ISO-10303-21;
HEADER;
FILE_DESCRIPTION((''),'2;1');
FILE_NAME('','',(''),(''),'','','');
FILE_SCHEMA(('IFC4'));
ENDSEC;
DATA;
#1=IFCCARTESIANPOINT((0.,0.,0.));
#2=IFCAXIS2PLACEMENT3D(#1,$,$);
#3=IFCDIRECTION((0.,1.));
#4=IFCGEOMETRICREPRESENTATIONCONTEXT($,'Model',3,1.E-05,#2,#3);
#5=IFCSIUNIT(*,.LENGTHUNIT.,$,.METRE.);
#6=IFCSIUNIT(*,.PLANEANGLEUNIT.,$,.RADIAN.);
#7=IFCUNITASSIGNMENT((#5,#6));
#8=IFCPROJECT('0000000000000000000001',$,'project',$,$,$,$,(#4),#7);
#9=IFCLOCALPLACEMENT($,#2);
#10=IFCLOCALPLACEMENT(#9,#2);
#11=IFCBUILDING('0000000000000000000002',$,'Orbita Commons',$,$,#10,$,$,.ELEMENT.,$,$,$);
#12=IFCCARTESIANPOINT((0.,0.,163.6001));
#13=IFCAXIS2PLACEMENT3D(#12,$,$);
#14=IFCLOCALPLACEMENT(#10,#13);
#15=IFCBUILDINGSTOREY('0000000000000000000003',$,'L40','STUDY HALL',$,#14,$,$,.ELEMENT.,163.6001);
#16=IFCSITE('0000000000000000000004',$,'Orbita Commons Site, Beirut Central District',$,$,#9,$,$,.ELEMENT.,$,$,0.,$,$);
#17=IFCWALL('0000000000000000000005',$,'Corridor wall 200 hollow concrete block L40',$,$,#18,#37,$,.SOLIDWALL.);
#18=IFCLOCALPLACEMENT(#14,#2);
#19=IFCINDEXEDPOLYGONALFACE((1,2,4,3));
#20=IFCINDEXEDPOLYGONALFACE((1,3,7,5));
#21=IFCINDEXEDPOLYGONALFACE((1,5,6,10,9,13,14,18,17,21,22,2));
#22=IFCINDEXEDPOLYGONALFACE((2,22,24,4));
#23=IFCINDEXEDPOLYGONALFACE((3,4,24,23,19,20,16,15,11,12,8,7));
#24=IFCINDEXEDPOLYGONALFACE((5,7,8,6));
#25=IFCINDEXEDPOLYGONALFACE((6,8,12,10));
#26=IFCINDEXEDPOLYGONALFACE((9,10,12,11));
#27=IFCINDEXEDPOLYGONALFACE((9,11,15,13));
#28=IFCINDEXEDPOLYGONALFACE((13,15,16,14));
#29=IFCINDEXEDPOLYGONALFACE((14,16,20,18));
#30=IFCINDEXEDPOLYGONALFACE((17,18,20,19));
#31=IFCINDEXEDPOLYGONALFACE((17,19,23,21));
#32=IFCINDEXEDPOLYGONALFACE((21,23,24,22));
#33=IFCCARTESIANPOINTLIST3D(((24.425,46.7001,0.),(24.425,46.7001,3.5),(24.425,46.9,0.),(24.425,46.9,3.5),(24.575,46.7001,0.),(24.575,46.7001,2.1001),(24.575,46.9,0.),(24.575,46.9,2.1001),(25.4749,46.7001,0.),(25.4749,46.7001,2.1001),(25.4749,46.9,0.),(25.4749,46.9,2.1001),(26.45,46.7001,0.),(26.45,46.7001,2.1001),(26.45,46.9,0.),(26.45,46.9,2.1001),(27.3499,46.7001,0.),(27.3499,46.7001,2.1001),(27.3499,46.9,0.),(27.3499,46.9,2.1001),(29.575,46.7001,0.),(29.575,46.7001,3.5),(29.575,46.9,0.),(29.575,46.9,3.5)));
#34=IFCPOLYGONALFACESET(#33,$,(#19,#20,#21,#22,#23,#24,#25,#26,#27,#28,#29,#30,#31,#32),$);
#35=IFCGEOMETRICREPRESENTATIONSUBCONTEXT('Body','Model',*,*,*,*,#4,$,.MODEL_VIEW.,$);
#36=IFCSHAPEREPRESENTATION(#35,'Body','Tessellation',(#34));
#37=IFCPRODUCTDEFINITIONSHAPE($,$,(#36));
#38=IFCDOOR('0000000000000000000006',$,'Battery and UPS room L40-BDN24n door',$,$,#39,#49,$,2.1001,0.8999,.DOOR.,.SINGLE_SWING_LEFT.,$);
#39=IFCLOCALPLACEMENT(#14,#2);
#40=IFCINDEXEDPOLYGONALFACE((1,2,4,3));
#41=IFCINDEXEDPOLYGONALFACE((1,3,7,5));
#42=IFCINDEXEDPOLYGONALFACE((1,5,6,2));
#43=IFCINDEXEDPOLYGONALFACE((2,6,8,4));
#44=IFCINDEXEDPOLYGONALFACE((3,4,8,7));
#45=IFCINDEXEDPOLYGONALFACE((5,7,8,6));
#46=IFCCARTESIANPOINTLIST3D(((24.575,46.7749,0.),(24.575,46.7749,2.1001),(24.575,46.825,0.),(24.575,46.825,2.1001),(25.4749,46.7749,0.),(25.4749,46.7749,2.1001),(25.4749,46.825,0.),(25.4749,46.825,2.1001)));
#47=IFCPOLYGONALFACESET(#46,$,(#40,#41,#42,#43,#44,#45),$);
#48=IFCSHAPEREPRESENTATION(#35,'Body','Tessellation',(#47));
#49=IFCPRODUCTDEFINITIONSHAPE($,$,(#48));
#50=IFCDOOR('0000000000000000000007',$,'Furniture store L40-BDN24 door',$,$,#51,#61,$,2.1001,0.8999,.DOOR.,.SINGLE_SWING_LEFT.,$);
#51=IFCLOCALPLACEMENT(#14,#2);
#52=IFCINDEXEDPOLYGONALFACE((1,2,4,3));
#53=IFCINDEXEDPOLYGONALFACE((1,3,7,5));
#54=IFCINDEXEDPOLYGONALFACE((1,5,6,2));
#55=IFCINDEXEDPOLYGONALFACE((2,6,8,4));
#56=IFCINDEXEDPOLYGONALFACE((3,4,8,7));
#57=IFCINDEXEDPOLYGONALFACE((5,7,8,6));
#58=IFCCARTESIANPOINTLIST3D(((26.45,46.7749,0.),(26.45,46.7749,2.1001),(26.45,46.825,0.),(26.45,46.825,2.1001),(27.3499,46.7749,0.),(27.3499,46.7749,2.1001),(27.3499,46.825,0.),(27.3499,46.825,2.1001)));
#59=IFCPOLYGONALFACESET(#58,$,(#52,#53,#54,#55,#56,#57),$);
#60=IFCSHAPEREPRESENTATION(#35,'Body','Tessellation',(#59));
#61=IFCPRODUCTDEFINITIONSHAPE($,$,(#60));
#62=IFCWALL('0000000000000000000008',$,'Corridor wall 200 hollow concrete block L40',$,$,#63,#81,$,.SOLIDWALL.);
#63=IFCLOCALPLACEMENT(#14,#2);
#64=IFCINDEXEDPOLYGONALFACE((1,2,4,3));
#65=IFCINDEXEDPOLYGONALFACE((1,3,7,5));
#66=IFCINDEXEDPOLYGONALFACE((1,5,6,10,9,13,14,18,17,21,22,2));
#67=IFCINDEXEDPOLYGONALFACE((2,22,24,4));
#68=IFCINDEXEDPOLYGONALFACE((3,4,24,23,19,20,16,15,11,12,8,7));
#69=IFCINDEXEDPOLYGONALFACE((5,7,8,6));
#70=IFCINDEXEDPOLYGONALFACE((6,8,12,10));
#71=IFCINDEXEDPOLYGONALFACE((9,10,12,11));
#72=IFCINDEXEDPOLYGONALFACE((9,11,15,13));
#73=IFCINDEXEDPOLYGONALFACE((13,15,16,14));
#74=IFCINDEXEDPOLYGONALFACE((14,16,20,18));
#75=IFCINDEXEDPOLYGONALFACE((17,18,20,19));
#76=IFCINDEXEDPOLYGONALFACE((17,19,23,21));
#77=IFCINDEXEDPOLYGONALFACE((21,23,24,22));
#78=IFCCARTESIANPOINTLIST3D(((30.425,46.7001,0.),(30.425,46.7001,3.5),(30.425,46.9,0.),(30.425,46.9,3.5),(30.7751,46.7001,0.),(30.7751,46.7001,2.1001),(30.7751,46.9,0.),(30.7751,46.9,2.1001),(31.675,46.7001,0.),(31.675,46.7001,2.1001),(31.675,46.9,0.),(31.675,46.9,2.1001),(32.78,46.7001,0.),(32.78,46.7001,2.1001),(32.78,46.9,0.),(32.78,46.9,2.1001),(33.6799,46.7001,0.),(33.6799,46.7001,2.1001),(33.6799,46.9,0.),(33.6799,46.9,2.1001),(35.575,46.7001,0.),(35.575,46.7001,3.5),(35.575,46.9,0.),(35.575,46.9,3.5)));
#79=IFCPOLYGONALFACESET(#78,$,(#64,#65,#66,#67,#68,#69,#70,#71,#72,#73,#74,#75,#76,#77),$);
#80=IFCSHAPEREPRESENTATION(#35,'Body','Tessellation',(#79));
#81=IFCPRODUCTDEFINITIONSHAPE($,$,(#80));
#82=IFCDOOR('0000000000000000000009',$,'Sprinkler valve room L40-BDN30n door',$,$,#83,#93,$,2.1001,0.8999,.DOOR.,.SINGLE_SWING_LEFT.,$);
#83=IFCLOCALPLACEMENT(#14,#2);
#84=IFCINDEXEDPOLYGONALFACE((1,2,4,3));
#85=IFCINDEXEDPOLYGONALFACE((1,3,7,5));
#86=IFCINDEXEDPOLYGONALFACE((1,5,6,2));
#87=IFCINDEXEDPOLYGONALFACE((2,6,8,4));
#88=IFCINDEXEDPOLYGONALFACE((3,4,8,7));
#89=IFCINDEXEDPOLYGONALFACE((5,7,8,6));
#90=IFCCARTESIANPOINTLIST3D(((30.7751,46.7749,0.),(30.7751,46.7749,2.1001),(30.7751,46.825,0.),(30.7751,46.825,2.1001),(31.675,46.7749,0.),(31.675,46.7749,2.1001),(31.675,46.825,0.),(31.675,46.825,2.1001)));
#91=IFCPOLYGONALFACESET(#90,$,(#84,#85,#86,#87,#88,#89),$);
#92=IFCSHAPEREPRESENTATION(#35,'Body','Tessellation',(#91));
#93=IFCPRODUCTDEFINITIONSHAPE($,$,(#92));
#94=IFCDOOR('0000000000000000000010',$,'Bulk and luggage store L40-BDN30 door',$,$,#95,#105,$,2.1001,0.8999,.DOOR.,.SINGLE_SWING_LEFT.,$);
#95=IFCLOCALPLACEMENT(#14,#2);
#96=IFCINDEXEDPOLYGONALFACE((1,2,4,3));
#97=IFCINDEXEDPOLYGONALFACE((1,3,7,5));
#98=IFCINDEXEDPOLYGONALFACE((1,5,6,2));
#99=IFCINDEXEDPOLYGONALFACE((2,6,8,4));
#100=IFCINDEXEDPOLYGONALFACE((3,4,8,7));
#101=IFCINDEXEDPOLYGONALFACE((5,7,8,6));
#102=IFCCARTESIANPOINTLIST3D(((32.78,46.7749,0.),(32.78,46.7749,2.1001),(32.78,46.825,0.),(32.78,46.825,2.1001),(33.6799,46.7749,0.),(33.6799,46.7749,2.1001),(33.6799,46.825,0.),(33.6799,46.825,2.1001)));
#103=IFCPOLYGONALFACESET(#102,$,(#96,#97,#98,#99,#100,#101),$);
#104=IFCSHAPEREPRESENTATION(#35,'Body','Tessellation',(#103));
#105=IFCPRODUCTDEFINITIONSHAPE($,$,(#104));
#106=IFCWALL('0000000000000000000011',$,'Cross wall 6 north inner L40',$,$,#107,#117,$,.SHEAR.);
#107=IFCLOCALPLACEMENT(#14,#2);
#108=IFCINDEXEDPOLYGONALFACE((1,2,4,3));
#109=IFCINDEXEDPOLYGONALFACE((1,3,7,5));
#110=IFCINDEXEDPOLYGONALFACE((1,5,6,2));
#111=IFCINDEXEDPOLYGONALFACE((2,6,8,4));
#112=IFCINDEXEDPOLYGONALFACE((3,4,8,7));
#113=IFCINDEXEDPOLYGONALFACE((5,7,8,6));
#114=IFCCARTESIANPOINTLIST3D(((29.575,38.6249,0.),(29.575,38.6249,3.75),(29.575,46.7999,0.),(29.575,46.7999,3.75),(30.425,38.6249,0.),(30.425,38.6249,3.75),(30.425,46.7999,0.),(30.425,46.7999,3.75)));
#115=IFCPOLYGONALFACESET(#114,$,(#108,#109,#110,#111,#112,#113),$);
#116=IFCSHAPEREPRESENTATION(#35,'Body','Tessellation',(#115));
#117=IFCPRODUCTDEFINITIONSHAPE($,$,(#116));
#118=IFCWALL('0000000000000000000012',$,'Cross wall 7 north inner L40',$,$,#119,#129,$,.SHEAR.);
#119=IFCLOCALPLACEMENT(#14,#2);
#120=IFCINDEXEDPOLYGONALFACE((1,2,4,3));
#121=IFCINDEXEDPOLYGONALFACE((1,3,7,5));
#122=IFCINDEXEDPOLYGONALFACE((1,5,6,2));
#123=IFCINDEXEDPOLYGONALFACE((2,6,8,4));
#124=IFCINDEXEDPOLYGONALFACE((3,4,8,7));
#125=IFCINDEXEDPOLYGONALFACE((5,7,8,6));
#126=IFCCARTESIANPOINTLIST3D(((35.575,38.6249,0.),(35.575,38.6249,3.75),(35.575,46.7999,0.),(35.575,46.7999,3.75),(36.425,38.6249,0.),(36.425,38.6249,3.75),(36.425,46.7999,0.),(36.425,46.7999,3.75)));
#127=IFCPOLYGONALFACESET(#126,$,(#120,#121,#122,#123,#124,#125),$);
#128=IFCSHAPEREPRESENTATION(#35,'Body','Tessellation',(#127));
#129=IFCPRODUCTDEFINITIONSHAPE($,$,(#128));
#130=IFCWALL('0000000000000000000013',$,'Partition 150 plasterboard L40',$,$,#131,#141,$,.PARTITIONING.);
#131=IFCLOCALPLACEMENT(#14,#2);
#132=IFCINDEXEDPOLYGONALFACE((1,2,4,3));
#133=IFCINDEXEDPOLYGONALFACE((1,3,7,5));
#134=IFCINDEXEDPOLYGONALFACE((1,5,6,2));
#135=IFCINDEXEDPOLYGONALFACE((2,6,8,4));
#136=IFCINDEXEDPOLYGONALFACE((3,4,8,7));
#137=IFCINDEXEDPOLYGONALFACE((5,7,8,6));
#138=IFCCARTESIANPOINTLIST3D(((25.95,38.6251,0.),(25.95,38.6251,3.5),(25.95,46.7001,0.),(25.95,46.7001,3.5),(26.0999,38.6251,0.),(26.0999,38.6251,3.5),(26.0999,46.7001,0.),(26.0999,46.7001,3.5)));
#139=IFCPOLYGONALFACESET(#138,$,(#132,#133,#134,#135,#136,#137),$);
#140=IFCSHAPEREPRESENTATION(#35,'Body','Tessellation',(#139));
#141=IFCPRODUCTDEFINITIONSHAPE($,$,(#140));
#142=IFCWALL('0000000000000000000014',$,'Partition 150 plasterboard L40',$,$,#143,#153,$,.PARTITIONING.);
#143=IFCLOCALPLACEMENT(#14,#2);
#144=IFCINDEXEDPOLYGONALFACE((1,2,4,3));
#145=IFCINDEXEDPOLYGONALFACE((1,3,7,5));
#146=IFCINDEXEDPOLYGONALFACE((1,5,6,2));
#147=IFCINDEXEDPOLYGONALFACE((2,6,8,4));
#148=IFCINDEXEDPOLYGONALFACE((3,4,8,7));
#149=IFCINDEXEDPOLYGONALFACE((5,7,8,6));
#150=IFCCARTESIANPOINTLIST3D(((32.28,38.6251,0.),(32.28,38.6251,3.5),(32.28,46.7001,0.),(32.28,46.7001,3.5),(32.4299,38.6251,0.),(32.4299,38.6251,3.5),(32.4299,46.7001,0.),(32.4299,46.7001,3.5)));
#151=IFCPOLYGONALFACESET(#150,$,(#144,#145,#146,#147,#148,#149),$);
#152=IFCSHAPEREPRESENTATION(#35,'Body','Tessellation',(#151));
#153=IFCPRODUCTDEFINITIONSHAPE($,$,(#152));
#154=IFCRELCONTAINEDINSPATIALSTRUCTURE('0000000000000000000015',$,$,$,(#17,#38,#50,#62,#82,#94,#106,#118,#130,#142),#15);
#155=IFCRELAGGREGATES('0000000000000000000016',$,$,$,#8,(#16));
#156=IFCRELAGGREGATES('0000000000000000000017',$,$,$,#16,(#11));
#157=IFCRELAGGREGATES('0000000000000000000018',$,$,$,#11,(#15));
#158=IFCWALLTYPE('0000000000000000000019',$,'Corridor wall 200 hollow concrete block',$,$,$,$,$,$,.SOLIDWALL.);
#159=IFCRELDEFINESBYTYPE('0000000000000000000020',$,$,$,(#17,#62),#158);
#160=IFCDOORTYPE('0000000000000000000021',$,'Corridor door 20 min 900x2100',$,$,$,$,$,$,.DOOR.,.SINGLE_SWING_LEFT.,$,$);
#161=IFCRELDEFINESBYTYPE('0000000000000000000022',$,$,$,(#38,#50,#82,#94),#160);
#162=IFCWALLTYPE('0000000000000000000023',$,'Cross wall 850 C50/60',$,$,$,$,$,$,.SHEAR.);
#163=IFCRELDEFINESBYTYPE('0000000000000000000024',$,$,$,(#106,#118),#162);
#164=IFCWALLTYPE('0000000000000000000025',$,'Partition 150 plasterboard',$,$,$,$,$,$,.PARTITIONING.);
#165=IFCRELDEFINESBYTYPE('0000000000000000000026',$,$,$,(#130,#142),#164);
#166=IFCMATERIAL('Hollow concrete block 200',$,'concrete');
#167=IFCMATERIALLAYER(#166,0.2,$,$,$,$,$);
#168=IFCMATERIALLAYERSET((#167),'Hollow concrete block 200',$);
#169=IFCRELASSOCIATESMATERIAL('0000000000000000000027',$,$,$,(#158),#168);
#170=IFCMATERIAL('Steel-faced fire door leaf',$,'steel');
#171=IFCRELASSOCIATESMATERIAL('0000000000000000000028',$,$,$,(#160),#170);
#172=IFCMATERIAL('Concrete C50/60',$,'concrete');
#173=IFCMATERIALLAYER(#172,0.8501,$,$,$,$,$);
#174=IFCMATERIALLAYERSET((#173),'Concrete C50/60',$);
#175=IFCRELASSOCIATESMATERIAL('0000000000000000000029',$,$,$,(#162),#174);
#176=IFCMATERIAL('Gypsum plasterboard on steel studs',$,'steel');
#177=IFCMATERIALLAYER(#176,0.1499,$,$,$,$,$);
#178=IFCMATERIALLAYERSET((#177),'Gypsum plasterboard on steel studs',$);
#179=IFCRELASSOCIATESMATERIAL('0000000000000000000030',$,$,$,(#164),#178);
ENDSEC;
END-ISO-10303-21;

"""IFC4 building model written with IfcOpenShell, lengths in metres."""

from ifc_helpers import new_model, si_unit, direction, frame, frame_2d, origin, place, context, subcontext, project, spatial, rectangle, extrude, material, layer, layer_set, type_object, element, fill, save


model = new_model("IFC4")

# Units and contexts
model_context = context("Model", 3, precision=1e-05, world=origin(), true_north=direction((0.0, 1.0)))
body_context = subcontext(model_context, "Body", "Model", "MODEL_VIEW")
ifc_project = project(units=[si_unit("LENGTHUNIT", "METRE"), si_unit("PLANEANGLEUNIT", "RADIAN")], contexts=[model_context])

# Site, building, storey
site_placement = place(None, origin())
site = spatial("IfcSite", under=ifc_project, at=site_placement, Name="Orbita Commons Site, Beirut Central District", CompositionType="ELEMENT", RefElevation=0.0)
building_placement = place(site_placement, origin())
building = spatial("IfcBuilding", under=site, at=building_placement, Name="Orbita Commons", CompositionType="ELEMENT")
storey_placement = place(building_placement, frame((0.0, 0.0, 163.6001)))
storey = spatial("IfcBuildingStorey", under=building, at=storey_placement, Name="L40", Description="STUDY HALL", CompositionType="ELEMENT", Elevation=163.6001)

# Walls, openings, doors
ifc_material_1 = material(Name="Hollow concrete block 200", Category="concrete")
ifc_layer_1 = layer(ifc_material_1, 0.2)
ifc_layer_set_1 = layer_set([ifc_layer_1], Name="Hollow concrete block 200")
wall_type_1 = type_object("IfcWallType", Name="Corridor wall 200 hollow concrete block", PredefinedType="SOLIDWALL", material=ifc_layer_set_1)
wall_1_placement = place(storey_placement, frame((24.425, 46.8, 0.0), z_axis=(0.0, 0.0, 1.0), x_axis=(1.0, 0.0, 0.0)))
wall_1 = element("IfcWall", 1, at=wall_1_placement, inside=storey, type_object=wall_type_1, Name="Corridor wall 200 hollow concrete block L40", PredefinedType="SOLIDWALL", context=body_context, shape_type="SweptSolid", body=[
    extrude(rectangle(XDim=5.1499, YDim=0.2, at=frame_2d((2.575, 0.0))), origin(), (0.0, 0.0, 1.0), 3.5),
])
opening_1_placement = place(wall_1_placement, frame((0.1499, 0.0, 0.0)))
opening_1 = element("IfcOpeningElement", 2, at=opening_1_placement, cuts=wall_1, PredefinedType="OPENING", context=body_context, shape_type="SweptSolid", body=[
    extrude(rectangle(XDim=0.8999, YDim=2.1001, at=frame_2d((0.45, 1.05))), frame((0.0, 0.1099, 0.0), z_axis=(0.0, -1.0, 0.0), x_axis=(1.0, 0.0, 0.0)), (0.0, 0.0, 1.0), 0.22),
])
opening_2_placement = place(wall_1_placement, frame((2.0249, 0.0, 0.0)))
opening_2 = element("IfcOpeningElement", 3, at=opening_2_placement, cuts=wall_1, PredefinedType="OPENING", context=body_context, shape_type="SweptSolid", body=[
    extrude(rectangle(XDim=0.8999, YDim=2.1001, at=frame_2d((0.45, 1.05))), frame((0.0, 0.1099, 0.0), z_axis=(0.0, -1.0, 0.0), x_axis=(1.0, 0.0, 0.0)), (0.0, 0.0, 1.0), 0.22),
])
ifc_material_2 = material(Name="Steel-faced fire door leaf", Category="steel")
door_type_1 = type_object("IfcDoorType", Name="Corridor door 20 min 900x2100", OperationType="SINGLE_SWING_LEFT", PredefinedType="DOOR", material=ifc_material_2)
door_1_placement = place(opening_1_placement, origin())
door_1 = element("IfcDoor", 4, at=door_1_placement, inside=storey, type_object=door_type_1, Name="Battery and UPS room L40-BDN24n door", OperationType="SINGLE_SWING_LEFT", OverallHeight=2.1001, OverallWidth=0.8999, PredefinedType="DOOR", context=body_context, shape_type="SweptSolid", body=[
    extrude(rectangle(XDim=0.8999, YDim=2.1001, at=frame_2d((0.45, 1.05))), frame((0.0, 0.0249, 0.0), z_axis=(0.0, -1.0, 0.0), x_axis=(1.0, 0.0, 0.0)), (0.0, 0.0, 1.0), 0.05),
])
fill(opening_1, door_1)
door_2_placement = place(opening_2_placement, origin())
door_2 = element("IfcDoor", 5, at=door_2_placement, inside=storey, type_object=door_type_1, Name="Furniture store L40-BDN24 door", OperationType="SINGLE_SWING_LEFT", OverallHeight=2.1001, OverallWidth=0.8999, PredefinedType="DOOR", context=body_context, shape_type="SweptSolid", body=[
    extrude(rectangle(XDim=0.8999, YDim=2.1001, at=frame_2d((0.45, 1.05))), frame((0.0, 0.0249, 0.0), z_axis=(0.0, -1.0, 0.0), x_axis=(1.0, 0.0, 0.0)), (0.0, 0.0, 1.0), 0.05),
])
fill(opening_2, door_2)
wall_2_placement = place(storey_placement, frame((30.425, 46.8, 0.0), z_axis=(0.0, 0.0, 1.0), x_axis=(1.0, 0.0, 0.0)))
wall_2 = element("IfcWall", 6, at=wall_2_placement, inside=storey, type_object=wall_type_1, Name="Corridor wall 200 hollow concrete block L40", PredefinedType="SOLIDWALL", context=body_context, shape_type="SweptSolid", body=[
    extrude(rectangle(XDim=5.1499, YDim=0.2, at=frame_2d((2.575, 0.0))), origin(), (0.0, 0.0, 1.0), 3.5),
])
opening_3_placement = place(wall_2_placement, frame((0.3501, 0.0, 0.0)))
opening_3 = element("IfcOpeningElement", 7, at=opening_3_placement, cuts=wall_2, PredefinedType="OPENING", context=body_context, shape_type="SweptSolid", body=[
    extrude(rectangle(XDim=0.8999, YDim=2.1001, at=frame_2d((0.45, 1.05))), frame((0.0, 0.1099, 0.0), z_axis=(0.0, -1.0, 0.0), x_axis=(1.0, 0.0, 0.0)), (0.0, 0.0, 1.0), 0.22),
])
opening_4_placement = place(wall_2_placement, frame((2.355, 0.0, 0.0)))
opening_4 = element("IfcOpeningElement", 8, at=opening_4_placement, cuts=wall_2, PredefinedType="OPENING", context=body_context, shape_type="SweptSolid", body=[
    extrude(rectangle(XDim=0.8999, YDim=2.1001, at=frame_2d((0.45, 1.05))), frame((0.0, 0.1099, 0.0), z_axis=(0.0, -1.0, 0.0), x_axis=(1.0, 0.0, 0.0)), (0.0, 0.0, 1.0), 0.22),
])
door_3_placement = place(opening_3_placement, origin())
door_3 = element("IfcDoor", 9, at=door_3_placement, inside=storey, type_object=door_type_1, Name="Sprinkler valve room L40-BDN30n door", OperationType="SINGLE_SWING_LEFT", OverallHeight=2.1001, OverallWidth=0.8999, PredefinedType="DOOR", context=body_context, shape_type="SweptSolid", body=[
    extrude(rectangle(XDim=0.8999, YDim=2.1001, at=frame_2d((0.45, 1.05))), frame((0.0, 0.0249, 0.0), z_axis=(0.0, -1.0, 0.0), x_axis=(1.0, 0.0, 0.0)), (0.0, 0.0, 1.0), 0.05),
])
fill(opening_3, door_3)
door_4_placement = place(opening_4_placement, origin())
door_4 = element("IfcDoor", 10, at=door_4_placement, inside=storey, type_object=door_type_1, Name="Bulk and luggage store L40-BDN30 door", OperationType="SINGLE_SWING_LEFT", OverallHeight=2.1001, OverallWidth=0.8999, PredefinedType="DOOR", context=body_context, shape_type="SweptSolid", body=[
    extrude(rectangle(XDim=0.8999, YDim=2.1001, at=frame_2d((0.45, 1.05))), frame((0.0, 0.0249, 0.0), z_axis=(0.0, -1.0, 0.0), x_axis=(1.0, 0.0, 0.0)), (0.0, 0.0, 1.0), 0.05),
])
fill(opening_4, door_4)

# Walls
ifc_material_3 = material(Name="Concrete C50/60", Category="concrete")
ifc_layer_2 = layer(ifc_material_3, 0.8501)
ifc_layer_set_2 = layer_set([ifc_layer_2], Name="Concrete C50/60")
wall_type_2 = type_object("IfcWallType", Name="Cross wall 850 C50/60", PredefinedType="SHEAR", material=ifc_layer_set_2)
for number, where, z_axis, x_axis, name in (
    (11, (30.0, 38.625, 0.0), (0.0, 0.0, 1.0), (0.0, 1.0, 0.0), "Cross wall 6 north inner L40"),
    (12, (36.0, 38.625, 0.0), (0.0, 0.0, 1.0), (0.0, 1.0, 0.0), "Cross wall 7 north inner L40"),
):
    element("IfcWall", number, at=place(storey_placement, frame(where, z_axis=z_axis, x_axis=x_axis)), inside=storey, type_object=wall_type_2, Name=name, PredefinedType="SHEAR", context=body_context, shape_type="SweptSolid", body=[
        extrude(rectangle(XDim=8.175, YDim=0.8501, at=frame_2d((4.0874, 0.0))), origin(), (0.0, 0.0, 1.0), 3.75),
    ])
ifc_material_4 = material(Name="Gypsum plasterboard on steel studs", Category="steel")
ifc_layer_3 = layer(ifc_material_4, 0.1499)
ifc_layer_set_3 = layer_set([ifc_layer_3], Name="Gypsum plasterboard on steel studs")
wall_type_3 = type_object("IfcWallType", Name="Partition 150 plasterboard", PredefinedType="PARTITIONING", material=ifc_layer_set_3)
for number, where, z_axis, x_axis, name in (
    (13, (26.0249, 38.625, 0.0), (0.0, 0.0, 1.0), (0.0, 1.0, 0.0), "Partition 150 plasterboard L40"),
    (14, (32.355, 38.625, 0.0), (0.0, 0.0, 1.0), (0.0, 1.0, 0.0), "Partition 150 plasterboard L40"),
):
    element("IfcWall", number, at=place(storey_placement, frame(where, z_axis=z_axis, x_axis=x_axis)), inside=storey, type_object=wall_type_3, Name=name, PredefinedType="PARTITIONING", context=body_context, shape_type="SweptSolid", body=[
        extrude(rectangle(XDim=8.075, YDim=0.1499, at=frame_2d((4.0376, 0.0))), origin(), (0.0, 0.0, 1.0), 3.5),
    ])

save(model, "model.ifc")
